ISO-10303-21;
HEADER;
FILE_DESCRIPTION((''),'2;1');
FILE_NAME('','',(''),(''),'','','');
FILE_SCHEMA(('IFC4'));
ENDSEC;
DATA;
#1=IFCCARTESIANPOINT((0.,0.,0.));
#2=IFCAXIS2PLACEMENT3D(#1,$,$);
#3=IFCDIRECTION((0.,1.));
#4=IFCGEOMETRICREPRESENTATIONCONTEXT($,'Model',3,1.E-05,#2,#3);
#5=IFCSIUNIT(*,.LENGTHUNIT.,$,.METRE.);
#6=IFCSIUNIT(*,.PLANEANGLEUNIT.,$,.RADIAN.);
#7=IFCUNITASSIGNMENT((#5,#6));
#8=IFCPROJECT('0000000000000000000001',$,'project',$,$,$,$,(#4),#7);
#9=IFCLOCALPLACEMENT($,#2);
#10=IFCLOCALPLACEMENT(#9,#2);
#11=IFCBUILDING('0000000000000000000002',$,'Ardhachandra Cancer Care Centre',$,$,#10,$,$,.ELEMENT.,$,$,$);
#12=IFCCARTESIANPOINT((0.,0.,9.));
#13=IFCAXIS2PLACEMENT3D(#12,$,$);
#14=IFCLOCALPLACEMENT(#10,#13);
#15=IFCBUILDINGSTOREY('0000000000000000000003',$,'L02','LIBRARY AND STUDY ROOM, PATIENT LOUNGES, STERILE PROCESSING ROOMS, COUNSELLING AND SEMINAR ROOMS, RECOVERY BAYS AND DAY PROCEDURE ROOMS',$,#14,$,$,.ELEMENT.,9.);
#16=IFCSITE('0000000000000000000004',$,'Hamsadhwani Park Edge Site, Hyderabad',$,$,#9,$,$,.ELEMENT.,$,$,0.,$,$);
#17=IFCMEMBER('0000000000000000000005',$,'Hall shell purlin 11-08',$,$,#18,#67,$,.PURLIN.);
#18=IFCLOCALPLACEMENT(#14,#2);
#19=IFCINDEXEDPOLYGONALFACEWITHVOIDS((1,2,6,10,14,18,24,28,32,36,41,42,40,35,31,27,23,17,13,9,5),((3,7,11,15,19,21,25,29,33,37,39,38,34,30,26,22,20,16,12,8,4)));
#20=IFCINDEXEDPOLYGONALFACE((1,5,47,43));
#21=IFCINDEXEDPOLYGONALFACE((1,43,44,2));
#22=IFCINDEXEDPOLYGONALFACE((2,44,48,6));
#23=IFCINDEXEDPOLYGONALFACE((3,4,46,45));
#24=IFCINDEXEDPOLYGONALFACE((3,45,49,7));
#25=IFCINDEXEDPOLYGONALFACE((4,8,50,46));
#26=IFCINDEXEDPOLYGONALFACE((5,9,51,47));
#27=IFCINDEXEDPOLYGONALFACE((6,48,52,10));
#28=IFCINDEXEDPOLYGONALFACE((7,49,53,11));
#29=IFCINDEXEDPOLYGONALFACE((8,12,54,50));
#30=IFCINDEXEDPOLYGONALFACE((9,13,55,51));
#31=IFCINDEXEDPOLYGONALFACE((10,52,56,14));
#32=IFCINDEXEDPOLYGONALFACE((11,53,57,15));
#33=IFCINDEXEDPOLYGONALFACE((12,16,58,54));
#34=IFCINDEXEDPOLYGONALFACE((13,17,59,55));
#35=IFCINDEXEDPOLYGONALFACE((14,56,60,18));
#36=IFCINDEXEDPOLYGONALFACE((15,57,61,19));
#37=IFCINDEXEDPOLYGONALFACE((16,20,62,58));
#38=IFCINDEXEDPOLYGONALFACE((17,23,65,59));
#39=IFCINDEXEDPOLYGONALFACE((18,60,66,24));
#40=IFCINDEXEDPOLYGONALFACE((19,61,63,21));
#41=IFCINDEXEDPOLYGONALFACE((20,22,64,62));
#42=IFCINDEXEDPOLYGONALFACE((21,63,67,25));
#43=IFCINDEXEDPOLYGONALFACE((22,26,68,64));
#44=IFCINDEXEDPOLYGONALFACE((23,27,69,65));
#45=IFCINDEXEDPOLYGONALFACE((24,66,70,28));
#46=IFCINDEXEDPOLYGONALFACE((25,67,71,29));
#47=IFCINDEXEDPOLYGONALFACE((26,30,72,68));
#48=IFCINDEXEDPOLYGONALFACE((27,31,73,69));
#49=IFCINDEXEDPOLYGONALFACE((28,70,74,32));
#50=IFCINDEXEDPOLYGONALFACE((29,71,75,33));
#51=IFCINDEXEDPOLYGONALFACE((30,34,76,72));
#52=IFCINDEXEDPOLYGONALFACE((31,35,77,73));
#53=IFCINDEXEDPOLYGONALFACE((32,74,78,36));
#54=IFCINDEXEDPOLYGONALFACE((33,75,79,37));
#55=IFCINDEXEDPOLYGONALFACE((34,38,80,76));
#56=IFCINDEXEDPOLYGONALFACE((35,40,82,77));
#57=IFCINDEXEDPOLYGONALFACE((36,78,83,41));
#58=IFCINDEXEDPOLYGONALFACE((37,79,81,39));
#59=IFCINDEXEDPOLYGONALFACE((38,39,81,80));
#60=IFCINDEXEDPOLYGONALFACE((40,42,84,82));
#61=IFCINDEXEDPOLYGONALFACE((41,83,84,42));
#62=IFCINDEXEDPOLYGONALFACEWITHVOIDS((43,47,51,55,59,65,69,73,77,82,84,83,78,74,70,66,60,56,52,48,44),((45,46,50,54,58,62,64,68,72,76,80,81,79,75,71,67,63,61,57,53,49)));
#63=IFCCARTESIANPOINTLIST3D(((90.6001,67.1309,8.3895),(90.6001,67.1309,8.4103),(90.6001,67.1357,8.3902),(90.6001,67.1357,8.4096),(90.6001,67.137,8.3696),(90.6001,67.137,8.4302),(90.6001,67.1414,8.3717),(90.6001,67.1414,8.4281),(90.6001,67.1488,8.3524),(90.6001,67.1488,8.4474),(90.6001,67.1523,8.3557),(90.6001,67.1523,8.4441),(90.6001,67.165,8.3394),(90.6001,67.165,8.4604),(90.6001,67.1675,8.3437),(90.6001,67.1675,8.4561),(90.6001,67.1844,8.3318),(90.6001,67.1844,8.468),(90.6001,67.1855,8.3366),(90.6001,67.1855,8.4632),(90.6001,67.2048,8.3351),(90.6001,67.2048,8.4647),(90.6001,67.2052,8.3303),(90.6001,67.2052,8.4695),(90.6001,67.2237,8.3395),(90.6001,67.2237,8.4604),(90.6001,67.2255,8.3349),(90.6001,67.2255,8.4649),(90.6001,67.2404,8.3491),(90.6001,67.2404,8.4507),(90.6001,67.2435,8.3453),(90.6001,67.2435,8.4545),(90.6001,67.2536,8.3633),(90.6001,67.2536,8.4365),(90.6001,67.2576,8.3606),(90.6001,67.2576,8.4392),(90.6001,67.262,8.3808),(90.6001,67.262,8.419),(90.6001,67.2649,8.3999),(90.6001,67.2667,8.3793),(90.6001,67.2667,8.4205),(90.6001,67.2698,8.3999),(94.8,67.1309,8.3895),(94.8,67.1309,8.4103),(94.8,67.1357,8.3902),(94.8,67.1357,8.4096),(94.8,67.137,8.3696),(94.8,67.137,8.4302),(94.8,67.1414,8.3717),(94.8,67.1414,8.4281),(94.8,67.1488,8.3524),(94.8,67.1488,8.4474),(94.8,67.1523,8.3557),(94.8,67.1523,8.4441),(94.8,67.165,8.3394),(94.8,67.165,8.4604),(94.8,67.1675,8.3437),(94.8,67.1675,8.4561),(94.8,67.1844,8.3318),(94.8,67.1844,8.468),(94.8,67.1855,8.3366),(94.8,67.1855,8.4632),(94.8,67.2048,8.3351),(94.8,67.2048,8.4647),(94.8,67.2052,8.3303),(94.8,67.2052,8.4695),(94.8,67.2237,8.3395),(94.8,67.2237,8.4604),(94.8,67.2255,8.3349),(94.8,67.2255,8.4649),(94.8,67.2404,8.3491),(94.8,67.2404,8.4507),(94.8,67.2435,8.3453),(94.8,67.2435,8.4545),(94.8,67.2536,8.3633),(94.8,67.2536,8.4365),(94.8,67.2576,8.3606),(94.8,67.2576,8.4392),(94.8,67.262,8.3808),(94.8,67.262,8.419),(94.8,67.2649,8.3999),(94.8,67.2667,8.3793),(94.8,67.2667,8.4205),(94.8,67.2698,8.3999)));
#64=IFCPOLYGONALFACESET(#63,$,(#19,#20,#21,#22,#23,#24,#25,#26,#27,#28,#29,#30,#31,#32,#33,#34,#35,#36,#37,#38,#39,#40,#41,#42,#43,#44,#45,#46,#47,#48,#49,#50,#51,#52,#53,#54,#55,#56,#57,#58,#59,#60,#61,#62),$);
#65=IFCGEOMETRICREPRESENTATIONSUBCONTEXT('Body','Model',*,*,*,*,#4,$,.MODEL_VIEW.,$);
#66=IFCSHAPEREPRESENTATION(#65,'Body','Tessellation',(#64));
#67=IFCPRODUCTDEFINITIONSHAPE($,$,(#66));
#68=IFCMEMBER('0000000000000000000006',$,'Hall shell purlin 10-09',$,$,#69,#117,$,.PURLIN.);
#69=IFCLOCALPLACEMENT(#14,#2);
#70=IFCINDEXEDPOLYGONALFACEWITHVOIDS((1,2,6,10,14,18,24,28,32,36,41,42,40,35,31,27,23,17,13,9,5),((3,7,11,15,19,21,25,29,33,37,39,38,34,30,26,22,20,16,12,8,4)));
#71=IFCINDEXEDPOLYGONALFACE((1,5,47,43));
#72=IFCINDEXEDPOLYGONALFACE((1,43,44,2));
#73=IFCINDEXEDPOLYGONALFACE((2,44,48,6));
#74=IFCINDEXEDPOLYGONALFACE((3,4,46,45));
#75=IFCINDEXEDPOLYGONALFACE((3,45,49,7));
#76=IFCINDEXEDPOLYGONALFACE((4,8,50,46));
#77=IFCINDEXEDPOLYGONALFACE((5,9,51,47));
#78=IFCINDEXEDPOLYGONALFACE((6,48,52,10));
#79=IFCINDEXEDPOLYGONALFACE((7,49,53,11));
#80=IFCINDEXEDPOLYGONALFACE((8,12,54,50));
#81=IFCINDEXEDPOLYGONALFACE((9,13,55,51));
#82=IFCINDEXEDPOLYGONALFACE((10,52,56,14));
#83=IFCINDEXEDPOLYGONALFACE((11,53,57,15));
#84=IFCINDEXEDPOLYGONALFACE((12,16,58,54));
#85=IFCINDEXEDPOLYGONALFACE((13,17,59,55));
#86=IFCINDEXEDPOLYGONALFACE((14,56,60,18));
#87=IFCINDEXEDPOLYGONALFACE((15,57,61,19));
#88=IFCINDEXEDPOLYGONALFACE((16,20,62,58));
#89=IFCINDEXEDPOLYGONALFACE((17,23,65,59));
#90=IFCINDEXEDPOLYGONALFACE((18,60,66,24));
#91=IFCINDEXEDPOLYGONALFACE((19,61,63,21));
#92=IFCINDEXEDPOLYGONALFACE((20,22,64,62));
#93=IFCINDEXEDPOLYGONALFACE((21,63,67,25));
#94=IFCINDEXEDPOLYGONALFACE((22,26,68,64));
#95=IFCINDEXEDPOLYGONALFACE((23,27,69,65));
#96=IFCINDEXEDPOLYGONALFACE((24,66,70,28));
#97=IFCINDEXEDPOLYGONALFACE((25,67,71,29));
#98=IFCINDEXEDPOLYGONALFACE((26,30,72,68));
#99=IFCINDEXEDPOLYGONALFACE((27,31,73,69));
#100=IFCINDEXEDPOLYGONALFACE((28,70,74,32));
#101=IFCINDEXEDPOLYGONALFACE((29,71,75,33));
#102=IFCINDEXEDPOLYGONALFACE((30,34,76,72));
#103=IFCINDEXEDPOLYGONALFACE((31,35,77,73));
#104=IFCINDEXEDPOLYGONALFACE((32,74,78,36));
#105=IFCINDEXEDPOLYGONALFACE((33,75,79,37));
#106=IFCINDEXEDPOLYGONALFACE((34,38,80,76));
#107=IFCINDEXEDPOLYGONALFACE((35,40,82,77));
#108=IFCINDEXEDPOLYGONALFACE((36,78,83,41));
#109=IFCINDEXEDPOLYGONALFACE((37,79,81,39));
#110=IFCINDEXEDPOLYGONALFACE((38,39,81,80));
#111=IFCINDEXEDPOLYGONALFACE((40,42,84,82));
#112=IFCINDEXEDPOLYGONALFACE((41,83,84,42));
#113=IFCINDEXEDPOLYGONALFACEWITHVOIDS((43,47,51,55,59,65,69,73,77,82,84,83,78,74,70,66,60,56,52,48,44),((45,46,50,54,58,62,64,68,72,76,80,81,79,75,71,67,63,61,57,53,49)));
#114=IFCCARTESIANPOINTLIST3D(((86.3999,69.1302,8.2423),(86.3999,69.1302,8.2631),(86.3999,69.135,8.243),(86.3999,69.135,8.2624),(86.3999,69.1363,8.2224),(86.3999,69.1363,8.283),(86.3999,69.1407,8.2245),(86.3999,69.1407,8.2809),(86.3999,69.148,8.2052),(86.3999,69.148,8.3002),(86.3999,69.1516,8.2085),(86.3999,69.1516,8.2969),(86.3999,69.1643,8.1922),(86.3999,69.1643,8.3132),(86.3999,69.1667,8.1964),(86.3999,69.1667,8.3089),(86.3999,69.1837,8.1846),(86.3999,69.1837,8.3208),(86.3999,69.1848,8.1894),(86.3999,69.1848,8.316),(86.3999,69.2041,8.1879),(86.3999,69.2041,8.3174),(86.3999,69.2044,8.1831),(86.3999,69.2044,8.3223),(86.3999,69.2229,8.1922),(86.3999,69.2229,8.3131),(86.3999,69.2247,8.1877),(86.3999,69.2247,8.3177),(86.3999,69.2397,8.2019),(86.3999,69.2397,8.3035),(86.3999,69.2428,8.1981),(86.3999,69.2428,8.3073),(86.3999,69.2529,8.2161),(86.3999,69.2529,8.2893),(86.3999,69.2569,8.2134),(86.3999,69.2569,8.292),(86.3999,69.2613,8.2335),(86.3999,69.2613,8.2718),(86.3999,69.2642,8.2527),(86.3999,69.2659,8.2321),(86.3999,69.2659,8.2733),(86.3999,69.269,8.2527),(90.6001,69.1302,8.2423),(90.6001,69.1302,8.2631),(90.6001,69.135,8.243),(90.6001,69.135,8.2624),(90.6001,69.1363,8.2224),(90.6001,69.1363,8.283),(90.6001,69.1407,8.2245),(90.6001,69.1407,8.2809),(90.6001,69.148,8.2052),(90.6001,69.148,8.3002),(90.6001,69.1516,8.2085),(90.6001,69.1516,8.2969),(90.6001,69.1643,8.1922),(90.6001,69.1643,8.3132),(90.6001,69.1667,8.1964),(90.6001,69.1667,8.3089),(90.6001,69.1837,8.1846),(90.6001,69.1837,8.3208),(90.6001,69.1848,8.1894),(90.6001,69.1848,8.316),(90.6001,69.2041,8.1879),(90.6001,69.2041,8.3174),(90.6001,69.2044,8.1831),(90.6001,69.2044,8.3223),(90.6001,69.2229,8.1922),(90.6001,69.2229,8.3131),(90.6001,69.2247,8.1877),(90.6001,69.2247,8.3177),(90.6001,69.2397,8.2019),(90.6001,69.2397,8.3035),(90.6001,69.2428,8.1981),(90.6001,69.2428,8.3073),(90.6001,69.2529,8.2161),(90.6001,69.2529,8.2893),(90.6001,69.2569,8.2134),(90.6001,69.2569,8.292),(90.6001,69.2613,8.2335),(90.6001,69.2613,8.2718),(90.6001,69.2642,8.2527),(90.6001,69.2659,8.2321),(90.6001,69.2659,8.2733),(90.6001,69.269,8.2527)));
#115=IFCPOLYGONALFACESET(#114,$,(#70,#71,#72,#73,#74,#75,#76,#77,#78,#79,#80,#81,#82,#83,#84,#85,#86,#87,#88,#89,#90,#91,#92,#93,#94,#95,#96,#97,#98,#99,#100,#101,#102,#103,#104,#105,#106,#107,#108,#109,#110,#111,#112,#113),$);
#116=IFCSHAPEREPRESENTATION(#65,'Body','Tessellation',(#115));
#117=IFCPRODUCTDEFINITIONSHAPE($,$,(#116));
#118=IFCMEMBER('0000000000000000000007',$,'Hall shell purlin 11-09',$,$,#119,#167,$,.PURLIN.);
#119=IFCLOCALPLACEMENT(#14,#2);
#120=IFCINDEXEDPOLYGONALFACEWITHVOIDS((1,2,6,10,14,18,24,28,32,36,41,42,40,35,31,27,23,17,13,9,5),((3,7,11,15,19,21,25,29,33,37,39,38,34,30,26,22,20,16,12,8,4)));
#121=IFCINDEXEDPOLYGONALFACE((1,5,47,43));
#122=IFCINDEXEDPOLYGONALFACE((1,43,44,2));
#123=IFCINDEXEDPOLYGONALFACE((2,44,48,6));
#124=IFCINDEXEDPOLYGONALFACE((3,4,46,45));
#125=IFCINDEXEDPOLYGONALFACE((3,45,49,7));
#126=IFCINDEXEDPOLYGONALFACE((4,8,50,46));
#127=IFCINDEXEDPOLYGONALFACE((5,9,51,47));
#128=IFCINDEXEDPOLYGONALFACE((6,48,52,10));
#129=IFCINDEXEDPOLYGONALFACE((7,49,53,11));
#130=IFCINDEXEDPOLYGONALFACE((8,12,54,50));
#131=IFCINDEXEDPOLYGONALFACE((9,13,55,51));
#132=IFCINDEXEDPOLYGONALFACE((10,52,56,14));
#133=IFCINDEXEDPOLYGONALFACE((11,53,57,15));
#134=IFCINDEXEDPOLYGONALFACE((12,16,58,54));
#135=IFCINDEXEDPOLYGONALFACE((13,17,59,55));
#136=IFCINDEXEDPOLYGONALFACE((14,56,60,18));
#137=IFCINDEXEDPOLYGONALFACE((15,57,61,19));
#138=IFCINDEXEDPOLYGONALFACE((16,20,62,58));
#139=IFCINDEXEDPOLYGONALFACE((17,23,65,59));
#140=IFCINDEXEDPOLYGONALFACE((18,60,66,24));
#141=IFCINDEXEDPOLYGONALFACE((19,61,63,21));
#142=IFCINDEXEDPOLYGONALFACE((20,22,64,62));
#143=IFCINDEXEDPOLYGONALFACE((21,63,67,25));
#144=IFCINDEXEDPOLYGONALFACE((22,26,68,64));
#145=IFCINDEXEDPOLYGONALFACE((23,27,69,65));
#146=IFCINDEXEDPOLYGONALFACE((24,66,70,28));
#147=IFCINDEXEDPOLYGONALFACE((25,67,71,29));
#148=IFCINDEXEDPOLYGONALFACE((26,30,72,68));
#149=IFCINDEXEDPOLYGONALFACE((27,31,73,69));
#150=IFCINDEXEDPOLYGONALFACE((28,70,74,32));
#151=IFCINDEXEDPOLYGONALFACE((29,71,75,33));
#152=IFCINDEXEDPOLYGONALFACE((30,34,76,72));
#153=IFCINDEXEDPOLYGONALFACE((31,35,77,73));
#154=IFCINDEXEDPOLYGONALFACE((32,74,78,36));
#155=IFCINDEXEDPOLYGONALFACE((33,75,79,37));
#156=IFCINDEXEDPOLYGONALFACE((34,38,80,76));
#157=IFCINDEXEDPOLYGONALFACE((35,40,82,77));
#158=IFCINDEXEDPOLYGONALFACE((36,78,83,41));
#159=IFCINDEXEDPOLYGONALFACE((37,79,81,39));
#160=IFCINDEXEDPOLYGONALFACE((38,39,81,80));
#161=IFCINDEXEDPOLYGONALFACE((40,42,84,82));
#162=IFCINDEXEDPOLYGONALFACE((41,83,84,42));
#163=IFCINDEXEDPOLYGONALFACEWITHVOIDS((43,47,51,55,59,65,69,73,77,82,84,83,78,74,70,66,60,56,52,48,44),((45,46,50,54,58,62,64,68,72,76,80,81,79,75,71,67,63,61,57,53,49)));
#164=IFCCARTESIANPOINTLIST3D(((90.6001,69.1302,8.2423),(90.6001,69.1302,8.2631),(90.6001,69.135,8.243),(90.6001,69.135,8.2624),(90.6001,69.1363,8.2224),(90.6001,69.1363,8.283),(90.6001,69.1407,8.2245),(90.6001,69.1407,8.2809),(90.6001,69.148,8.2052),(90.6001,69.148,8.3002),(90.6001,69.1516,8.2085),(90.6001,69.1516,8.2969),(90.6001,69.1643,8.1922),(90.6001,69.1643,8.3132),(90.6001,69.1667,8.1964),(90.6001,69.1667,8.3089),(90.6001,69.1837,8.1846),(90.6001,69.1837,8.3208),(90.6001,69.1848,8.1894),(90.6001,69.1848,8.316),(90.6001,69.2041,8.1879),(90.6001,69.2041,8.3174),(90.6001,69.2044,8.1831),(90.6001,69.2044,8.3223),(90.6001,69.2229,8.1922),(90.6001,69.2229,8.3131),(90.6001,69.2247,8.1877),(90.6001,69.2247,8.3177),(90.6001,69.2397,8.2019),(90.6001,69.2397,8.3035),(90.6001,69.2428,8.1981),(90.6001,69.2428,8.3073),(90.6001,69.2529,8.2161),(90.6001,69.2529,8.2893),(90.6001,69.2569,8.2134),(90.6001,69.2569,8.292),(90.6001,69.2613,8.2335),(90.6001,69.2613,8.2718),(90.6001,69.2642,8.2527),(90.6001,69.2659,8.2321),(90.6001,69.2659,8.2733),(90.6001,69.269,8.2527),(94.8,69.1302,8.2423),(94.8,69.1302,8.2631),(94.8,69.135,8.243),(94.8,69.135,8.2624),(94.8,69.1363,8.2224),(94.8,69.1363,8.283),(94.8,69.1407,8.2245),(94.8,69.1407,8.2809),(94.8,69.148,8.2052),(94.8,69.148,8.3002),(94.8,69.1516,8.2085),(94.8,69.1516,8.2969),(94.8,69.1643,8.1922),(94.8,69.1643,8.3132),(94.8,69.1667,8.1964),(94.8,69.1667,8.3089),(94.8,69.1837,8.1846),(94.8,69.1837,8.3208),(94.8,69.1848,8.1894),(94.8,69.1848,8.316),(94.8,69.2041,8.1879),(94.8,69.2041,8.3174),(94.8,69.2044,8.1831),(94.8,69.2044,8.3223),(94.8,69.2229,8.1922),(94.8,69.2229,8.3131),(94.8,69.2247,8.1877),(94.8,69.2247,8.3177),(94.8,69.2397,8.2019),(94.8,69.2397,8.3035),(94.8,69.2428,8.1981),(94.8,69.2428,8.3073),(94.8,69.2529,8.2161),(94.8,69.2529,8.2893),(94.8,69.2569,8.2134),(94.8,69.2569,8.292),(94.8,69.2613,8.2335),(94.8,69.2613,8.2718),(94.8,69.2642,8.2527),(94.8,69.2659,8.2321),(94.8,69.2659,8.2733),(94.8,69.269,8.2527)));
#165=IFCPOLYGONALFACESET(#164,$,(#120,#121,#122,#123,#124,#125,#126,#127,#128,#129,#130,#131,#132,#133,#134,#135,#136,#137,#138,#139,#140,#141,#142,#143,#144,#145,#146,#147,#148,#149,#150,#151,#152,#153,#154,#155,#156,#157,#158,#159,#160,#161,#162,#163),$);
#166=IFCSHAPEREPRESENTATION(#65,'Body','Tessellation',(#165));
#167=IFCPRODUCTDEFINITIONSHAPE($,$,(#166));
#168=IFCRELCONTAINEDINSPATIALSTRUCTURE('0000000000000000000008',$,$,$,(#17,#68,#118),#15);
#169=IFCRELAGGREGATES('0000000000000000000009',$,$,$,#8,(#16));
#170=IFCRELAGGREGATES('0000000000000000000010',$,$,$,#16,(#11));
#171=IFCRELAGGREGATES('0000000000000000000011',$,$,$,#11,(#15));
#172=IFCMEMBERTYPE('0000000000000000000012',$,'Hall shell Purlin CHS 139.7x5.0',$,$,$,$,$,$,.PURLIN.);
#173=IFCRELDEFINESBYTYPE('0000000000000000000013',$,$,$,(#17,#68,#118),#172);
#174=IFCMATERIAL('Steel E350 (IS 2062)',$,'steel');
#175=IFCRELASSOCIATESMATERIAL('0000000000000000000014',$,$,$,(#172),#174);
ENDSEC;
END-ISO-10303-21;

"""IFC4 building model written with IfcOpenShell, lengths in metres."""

from ifc_helpers import new_model, si_unit, direction, frame, origin, origin_2d, place, context, subcontext, project, spatial, hollow_circle, extrude, material, material_profile, profile_set, type_object, element, save


model = new_model("IFC4")

# Units and contexts
model_context = context("Model", 3, precision=1e-05, world=origin(), true_north=direction((0.0, 1.0)))
body_context = subcontext(model_context, "Body", "Model", "MODEL_VIEW")
ifc_project = project(units=[si_unit("LENGTHUNIT", "METRE"), si_unit("PLANEANGLEUNIT", "RADIAN")], contexts=[model_context])

# Site, building, storey
site_placement = place(None, origin())
site = spatial("IfcSite", under=ifc_project, at=site_placement, Name="Hamsadhwani Park Edge Site, Hyderabad", CompositionType="ELEMENT", RefElevation=0.0)
building_placement = place(site_placement, origin())
building = spatial("IfcBuilding", under=site, at=building_placement, Name="Ardhachandra Cancer Care Centre", CompositionType="ELEMENT")
storey_placement = place(building_placement, frame((0.0, 0.0, 9.0)))
storey = spatial("IfcBuildingStorey", under=building, at=storey_placement, Name="L02", Description="LIBRARY AND STUDY ROOM, PATIENT LOUNGES, STERILE PROCESSING ROOMS, COUNSELLING AND SEMINAR ROOMS, RECOVERY BAYS AND DAY PROCEDURE ROOMS", CompositionType="ELEMENT", Elevation=9.0)

# Members
ifc_material_1 = material(Name="Steel E350 (IS 2062)", Category="steel")
ifc_material_profile_1 = material_profile(ifc_material_1, hollow_circle(Radius=0.0698, WallThickness=0.0049, at=origin_2d()), Name="CHS 139.7x5.0")
ifc_profile_set_1 = profile_set([ifc_material_profile_1], Name="Steel E350 (IS 2062)")
member_type_1 = type_object("IfcMemberType", Name="Hall shell Purlin CHS 139.7x5.0", PredefinedType="PURLIN", material=ifc_profile_set_1)
member_1_placement = place(storey_placement, frame((90.6001, 67.2, 8.3999), z_axis=(1.0, 0.0, 0.0), x_axis=(0.0, 1.0, 0.0)))
element("IfcMember", 1, at=member_1_placement, inside=storey, type_object=member_type_1, Name="Hall shell purlin 11-08", PredefinedType="PURLIN", context=body_context, shape_type="SweptSolid", body=[
    extrude(hollow_circle(Radius=0.0698, WallThickness=0.0049, at=origin_2d()), origin(), (0.0, 0.0, 1.0), 4.2),
])
member_2_placement = place(storey_placement, frame((86.3999, 69.1992, 8.2527), z_axis=(1.0, 0.0, 0.0), x_axis=(0.0, 1.0, 0.0)))
element("IfcMember", 2, at=member_2_placement, inside=storey, type_object=member_type_1, Name="Hall shell purlin 10-09", PredefinedType="PURLIN", context=body_context, shape_type="SweptSolid", body=[
    extrude(hollow_circle(Radius=0.0698, WallThickness=0.0049, at=origin_2d()), origin(), (0.0, 0.0, 1.0), 4.2002),
])
member_3_placement = place(storey_placement, frame((90.6001, 69.1992, 8.2527), z_axis=(1.0, 0.0, 0.0), x_axis=(0.0, 1.0, 0.0)))
element("IfcMember", 3, at=member_3_placement, inside=storey, type_object=member_type_1, Name="Hall shell purlin 11-09", PredefinedType="PURLIN", context=body_context, shape_type="SweptSolid", body=[
    extrude(hollow_circle(Radius=0.0698, WallThickness=0.0049, at=origin_2d()), origin(), (0.0, 0.0, 1.0), 4.2),
])

save(model, "model.ifc")
